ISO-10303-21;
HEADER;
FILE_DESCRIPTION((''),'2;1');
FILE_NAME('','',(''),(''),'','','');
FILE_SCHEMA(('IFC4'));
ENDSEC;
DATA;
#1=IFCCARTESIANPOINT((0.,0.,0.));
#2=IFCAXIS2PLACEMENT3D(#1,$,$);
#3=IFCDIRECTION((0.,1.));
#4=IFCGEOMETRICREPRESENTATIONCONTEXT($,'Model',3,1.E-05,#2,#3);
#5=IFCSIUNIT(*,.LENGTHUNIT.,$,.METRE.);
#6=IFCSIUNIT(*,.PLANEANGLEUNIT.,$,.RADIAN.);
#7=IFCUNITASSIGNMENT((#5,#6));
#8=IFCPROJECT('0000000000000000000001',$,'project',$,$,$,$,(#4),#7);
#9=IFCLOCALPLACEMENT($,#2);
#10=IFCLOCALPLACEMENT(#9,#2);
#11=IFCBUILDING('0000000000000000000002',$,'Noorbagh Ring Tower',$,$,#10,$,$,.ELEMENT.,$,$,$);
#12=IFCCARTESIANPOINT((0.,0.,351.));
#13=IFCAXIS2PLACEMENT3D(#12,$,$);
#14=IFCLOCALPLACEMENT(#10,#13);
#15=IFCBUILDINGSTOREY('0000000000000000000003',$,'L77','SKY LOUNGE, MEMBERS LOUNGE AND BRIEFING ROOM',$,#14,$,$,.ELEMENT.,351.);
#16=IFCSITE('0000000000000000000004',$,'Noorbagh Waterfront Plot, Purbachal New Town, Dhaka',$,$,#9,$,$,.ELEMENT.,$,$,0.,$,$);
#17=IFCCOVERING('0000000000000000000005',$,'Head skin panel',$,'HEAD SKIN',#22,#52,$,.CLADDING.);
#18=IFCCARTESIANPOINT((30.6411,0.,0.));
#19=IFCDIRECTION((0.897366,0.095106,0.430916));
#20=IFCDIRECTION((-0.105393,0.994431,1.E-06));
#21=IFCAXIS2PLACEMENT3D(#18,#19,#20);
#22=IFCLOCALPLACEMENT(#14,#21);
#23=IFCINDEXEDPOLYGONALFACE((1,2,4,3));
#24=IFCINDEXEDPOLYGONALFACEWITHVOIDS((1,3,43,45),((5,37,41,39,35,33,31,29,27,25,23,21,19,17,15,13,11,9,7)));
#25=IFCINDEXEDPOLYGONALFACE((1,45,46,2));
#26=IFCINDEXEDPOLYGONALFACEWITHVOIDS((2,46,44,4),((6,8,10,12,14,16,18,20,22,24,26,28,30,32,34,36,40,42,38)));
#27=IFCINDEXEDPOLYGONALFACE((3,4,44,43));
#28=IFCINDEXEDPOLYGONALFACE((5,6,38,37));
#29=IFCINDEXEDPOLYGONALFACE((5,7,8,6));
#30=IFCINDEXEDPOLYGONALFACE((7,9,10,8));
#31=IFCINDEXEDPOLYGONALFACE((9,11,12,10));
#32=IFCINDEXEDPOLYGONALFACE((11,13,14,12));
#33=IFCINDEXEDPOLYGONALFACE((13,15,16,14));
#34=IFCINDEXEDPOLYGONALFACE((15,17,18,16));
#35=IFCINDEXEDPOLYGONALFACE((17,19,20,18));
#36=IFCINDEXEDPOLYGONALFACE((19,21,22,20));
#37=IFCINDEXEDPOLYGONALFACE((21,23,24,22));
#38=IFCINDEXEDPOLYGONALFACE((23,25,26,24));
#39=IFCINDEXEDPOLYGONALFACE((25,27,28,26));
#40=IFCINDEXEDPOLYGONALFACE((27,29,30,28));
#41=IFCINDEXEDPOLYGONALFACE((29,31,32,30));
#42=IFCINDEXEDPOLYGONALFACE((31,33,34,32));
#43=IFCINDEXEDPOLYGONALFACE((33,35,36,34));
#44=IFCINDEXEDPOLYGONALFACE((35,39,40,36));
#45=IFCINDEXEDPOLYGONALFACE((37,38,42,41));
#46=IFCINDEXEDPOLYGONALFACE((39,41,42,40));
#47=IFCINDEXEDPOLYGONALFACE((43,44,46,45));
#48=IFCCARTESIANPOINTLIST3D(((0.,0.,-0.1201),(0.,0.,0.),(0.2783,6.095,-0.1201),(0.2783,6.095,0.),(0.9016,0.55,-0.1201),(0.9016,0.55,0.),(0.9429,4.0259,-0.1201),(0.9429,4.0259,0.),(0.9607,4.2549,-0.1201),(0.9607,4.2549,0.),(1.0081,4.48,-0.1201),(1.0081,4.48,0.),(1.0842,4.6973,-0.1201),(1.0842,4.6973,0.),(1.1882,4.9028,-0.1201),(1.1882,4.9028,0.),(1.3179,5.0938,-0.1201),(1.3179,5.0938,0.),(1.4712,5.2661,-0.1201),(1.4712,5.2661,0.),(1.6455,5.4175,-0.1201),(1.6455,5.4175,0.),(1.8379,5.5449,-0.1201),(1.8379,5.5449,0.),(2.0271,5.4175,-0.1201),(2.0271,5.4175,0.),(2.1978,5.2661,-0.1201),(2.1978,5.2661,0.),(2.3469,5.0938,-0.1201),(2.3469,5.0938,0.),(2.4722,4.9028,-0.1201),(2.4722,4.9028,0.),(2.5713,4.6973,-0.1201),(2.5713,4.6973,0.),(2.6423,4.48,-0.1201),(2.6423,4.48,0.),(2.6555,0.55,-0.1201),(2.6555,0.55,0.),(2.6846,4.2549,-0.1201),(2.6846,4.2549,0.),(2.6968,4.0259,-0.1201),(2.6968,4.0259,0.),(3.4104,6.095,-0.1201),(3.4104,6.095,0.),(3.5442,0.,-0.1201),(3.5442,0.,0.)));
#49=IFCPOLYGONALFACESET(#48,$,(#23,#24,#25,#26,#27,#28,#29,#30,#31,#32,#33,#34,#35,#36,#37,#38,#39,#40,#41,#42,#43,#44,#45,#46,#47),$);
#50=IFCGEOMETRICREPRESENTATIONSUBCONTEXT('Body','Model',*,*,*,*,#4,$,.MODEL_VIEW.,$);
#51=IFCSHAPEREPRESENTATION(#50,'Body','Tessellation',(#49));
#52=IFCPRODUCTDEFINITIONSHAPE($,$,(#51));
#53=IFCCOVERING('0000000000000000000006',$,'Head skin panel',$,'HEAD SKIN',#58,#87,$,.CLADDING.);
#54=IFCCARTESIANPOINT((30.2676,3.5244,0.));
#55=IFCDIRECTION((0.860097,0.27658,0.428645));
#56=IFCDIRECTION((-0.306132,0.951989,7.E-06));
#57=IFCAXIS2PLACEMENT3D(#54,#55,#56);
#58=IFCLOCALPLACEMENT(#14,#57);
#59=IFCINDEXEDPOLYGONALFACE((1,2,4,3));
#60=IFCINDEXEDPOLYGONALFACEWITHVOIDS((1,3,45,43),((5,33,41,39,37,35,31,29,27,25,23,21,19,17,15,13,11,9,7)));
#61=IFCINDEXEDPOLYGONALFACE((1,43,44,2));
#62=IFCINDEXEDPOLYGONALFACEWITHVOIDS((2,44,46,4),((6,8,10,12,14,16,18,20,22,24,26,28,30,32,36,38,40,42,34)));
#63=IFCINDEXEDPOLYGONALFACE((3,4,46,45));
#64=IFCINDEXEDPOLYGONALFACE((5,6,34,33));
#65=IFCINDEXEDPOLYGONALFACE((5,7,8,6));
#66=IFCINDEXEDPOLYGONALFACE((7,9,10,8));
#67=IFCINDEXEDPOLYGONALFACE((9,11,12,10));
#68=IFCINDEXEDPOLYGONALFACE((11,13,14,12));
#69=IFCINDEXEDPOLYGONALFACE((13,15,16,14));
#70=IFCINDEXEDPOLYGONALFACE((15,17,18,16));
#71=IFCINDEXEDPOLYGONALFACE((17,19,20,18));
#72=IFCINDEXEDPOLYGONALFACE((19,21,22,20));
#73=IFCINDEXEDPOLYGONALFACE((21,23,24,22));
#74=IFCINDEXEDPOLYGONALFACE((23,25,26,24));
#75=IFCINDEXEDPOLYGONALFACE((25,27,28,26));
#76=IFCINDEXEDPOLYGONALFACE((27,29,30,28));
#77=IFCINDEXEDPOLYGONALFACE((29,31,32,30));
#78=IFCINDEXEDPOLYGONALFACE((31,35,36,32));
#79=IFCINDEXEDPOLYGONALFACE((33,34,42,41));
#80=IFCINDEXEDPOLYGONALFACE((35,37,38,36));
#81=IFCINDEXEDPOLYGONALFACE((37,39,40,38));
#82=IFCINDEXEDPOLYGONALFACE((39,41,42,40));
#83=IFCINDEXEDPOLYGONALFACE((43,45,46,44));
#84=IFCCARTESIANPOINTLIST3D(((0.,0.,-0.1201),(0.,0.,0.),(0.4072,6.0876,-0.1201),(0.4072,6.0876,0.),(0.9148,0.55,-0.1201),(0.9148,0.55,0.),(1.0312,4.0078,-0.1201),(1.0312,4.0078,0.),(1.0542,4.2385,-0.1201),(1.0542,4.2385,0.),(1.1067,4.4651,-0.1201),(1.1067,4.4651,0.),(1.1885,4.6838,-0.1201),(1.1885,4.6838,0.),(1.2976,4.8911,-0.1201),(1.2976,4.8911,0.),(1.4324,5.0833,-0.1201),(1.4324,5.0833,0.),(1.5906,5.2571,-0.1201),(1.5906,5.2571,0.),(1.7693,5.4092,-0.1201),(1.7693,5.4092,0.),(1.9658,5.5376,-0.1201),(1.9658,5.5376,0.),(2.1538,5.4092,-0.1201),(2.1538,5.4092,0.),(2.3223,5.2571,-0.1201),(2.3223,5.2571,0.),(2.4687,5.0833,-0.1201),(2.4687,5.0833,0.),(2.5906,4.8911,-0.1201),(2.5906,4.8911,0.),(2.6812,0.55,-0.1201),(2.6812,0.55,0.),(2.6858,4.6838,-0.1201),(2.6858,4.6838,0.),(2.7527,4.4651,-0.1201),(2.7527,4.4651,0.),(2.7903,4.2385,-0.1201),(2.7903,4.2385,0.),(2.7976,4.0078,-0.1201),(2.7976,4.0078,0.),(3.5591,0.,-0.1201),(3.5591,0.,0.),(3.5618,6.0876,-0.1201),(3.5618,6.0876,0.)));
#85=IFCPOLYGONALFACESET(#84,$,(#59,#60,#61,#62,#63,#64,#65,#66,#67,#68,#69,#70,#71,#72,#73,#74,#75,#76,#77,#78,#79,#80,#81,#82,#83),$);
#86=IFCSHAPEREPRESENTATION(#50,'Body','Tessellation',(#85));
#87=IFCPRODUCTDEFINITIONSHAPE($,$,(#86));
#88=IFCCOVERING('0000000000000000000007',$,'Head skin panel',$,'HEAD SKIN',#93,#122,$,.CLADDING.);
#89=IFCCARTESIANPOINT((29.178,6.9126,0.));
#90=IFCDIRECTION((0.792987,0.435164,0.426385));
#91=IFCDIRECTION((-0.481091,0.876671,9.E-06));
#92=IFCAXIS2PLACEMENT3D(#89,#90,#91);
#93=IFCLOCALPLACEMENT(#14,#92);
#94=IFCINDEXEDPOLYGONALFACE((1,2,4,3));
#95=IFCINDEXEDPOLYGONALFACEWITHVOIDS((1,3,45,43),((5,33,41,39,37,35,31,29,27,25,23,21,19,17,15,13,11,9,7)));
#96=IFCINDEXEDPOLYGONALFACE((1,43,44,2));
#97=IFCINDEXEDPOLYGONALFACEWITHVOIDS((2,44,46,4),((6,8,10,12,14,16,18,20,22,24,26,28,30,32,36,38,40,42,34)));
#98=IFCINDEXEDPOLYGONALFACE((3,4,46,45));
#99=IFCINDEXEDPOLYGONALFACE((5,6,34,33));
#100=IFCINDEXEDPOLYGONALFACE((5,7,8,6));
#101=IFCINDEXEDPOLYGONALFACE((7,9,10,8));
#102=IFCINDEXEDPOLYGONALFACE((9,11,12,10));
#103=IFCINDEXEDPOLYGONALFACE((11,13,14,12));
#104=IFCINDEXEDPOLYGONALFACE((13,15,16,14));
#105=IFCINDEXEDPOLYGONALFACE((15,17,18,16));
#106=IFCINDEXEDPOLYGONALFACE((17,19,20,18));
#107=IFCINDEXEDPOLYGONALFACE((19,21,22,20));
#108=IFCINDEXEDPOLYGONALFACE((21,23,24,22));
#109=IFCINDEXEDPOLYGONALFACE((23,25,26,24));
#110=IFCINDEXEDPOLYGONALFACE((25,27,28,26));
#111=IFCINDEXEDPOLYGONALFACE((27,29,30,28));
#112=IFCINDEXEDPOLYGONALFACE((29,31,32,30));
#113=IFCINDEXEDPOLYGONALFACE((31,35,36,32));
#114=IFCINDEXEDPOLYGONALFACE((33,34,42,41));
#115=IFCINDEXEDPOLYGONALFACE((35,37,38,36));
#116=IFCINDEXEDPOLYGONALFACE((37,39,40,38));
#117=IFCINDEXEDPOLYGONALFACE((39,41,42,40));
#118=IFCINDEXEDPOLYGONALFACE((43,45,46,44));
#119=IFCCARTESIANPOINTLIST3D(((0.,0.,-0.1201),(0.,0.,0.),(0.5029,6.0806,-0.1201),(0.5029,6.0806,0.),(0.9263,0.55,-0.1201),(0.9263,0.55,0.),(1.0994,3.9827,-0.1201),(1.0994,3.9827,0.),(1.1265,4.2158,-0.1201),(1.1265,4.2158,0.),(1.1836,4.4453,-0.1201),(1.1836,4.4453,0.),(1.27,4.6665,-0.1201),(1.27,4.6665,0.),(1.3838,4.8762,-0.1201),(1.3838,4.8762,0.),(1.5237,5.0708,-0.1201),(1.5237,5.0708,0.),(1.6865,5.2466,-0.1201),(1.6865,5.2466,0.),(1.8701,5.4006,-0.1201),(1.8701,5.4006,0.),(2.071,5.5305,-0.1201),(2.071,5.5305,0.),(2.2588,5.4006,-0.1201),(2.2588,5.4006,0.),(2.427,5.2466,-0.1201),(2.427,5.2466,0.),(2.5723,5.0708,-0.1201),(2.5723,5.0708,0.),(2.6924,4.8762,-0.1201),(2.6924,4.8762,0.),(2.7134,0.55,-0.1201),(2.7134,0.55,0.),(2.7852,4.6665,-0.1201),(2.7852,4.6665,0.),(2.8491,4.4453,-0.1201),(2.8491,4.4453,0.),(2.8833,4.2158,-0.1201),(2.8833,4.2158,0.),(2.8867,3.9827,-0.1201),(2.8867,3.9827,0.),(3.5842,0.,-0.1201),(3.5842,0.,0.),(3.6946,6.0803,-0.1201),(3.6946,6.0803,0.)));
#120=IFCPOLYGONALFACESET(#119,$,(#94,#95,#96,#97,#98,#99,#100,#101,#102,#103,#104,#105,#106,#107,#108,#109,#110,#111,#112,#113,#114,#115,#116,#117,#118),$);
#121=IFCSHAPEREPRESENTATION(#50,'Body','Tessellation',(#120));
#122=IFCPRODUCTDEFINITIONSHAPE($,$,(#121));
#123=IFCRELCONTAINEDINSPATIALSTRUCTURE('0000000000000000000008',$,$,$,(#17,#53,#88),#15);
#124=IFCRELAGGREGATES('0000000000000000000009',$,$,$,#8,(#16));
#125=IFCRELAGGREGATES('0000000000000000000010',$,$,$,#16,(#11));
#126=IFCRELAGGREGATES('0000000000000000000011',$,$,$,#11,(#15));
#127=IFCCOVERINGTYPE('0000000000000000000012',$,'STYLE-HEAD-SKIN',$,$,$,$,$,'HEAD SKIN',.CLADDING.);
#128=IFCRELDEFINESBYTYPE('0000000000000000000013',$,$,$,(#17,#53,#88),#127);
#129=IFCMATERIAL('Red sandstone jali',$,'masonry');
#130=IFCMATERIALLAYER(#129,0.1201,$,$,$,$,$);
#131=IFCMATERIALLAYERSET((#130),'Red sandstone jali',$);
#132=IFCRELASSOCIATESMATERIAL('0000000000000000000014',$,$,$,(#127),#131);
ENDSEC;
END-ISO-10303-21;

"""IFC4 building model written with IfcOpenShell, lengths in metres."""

from ifc_helpers import new_model, si_unit, direction, frame, origin, place, context, subcontext, project, spatial, polyline, outline, extrude, material, layer, layer_set, type_object, element, save


model = new_model("IFC4")

# Units and contexts
model_context = context("Model", 3, precision=1e-05, world=origin(), true_north=direction((0.0, 1.0)))
body_context = subcontext(model_context, "Body", "Model", "MODEL_VIEW")
ifc_project = project(units=[si_unit("LENGTHUNIT", "METRE"), si_unit("PLANEANGLEUNIT", "RADIAN")], contexts=[model_context])

# Site, building, storey
site_placement = place(None, origin())
site = spatial("IfcSite", under=ifc_project, at=site_placement, Name="Noorbagh Waterfront Plot, Purbachal New Town, Dhaka", CompositionType="ELEMENT", RefElevation=0.0)
building_placement = place(site_placement, origin())
building = spatial("IfcBuilding", under=site, at=building_placement, Name="Noorbagh Ring Tower", CompositionType="ELEMENT")
storey_placement = place(building_placement, frame((0.0, 0.0, 351.0)))
storey = spatial("IfcBuildingStorey", under=building, at=storey_placement, Name="L77", Description="SKY LOUNGE, MEMBERS LOUNGE AND BRIEFING ROOM", CompositionType="ELEMENT", Elevation=351.0)

# Coverings
ifc_material_1 = material(Name="Red sandstone jali", Category="masonry")
ifc_layer_1 = layer(ifc_material_1, 0.1201)
ifc_layer_set_1 = layer_set([ifc_layer_1], Name="Red sandstone jali")
covering_type_1 = type_object("IfcCoveringType", Name="STYLE-HEAD-SKIN", ElementType="HEAD SKIN", PredefinedType="CLADDING", material=ifc_layer_set_1)
covering_1_placement = place(storey_placement, frame((30.6411, 0.0, 0.0), z_axis=(0.897366, 0.095106, 0.430916), x_axis=(-0.105393, 0.994431, 0.000001)))
element("IfcCovering", 1, at=covering_1_placement, inside=storey, type_object=covering_type_1, Name="Head skin panel", ObjectType="HEAD SKIN", PredefinedType="CLADDING", context=body_context, shape_type="SweptSolid", body=[
    extrude(outline(polyline([(0.0, 0.0), (3.5442, 0.0), (3.4104, 6.095), (0.2783, 6.095), (0.0, 0.0)]), holes=[polyline([(0.9016, 0.55), (0.9429, 4.0259), (0.9607, 4.2549), (1.0081, 4.48), (1.0842, 4.6973), (1.1882, 4.9028), (1.3179, 5.0938), (1.4712, 5.2661), (1.6455, 5.4175), (1.8379, 5.5449), (2.0271, 5.4175), (2.1978, 5.2661), (2.3469, 5.0938), (2.4722, 4.9028), (2.5713, 4.6973), (2.6423, 4.48), (2.6846, 4.2549), (2.6968, 4.0259), (2.6555, 0.55), (0.9016, 0.55)])]), origin(), (0.0, 0.0, -1.0), 0.1201),
])
covering_2_placement = place(storey_placement, frame((30.2676, 3.5244, 0.0), z_axis=(0.860097, 0.27658, 0.428645), x_axis=(-0.306132, 0.951989, 0.000007)))
element("IfcCovering", 2, at=covering_2_placement, inside=storey, type_object=covering_type_1, Name="Head skin panel", ObjectType="HEAD SKIN", PredefinedType="CLADDING", context=body_context, shape_type="SweptSolid", body=[
    extrude(outline(polyline([(0.0, 0.0), (3.5591, 0.0), (3.5618, 6.0876), (0.4072, 6.0876), (0.0, 0.0)]), holes=[polyline([(0.9148, 0.55), (1.0312, 4.0078), (1.0542, 4.2385), (1.1067, 4.4651), (1.1885, 4.6838), (1.2976, 4.8911), (1.4324, 5.0833), (1.5906, 5.2571), (1.7693, 5.4092), (1.9658, 5.5376), (2.1538, 5.4092), (2.3223, 5.2571), (2.4688, 5.0833), (2.5906, 4.8911), (2.6858, 4.6838), (2.7527, 4.4651), (2.7903, 4.2385), (2.7976, 4.0078), (2.6812, 0.55), (0.9148, 0.55)])]), origin(), (0.0, 0.0, -1.0), 0.1201),
])
covering_3_placement = place(storey_placement, frame((29.178, 6.9126, 0.0), z_axis=(0.792987, 0.435164, 0.426385), x_axis=(-0.481091, 0.876671, 0.000009)))
element("IfcCovering", 3, at=covering_3_placement, inside=storey, type_object=covering_type_1, Name="Head skin panel", ObjectType="HEAD SKIN", PredefinedType="CLADDING", context=body_context, shape_type="SweptSolid", body=[
    extrude(outline(polyline([(0.0, 0.0), (3.5842, 0.0), (3.6946, 6.0803), (0.5029, 6.0806), (0.0, 0.0)]), holes=[polyline([(0.9263, 0.55), (1.0994, 3.9827), (1.1265, 4.2158), (1.1836, 4.4453), (1.27, 4.6665), (1.3838, 4.8762), (1.5237, 5.0708), (1.6865, 5.2466), (1.8701, 5.4006), (2.071, 5.5305), (2.2588, 5.4006), (2.427, 5.2466), (2.5723, 5.0708), (2.6924, 4.8762), (2.7852, 4.6665), (2.8491, 4.4453), (2.8833, 4.2158), (2.8867, 3.9827), (2.7134, 0.55), (0.9263, 0.55)])]), origin(), (0.0, 0.0, -1.0), 0.1201),
])

save(model, "model.ifc")
